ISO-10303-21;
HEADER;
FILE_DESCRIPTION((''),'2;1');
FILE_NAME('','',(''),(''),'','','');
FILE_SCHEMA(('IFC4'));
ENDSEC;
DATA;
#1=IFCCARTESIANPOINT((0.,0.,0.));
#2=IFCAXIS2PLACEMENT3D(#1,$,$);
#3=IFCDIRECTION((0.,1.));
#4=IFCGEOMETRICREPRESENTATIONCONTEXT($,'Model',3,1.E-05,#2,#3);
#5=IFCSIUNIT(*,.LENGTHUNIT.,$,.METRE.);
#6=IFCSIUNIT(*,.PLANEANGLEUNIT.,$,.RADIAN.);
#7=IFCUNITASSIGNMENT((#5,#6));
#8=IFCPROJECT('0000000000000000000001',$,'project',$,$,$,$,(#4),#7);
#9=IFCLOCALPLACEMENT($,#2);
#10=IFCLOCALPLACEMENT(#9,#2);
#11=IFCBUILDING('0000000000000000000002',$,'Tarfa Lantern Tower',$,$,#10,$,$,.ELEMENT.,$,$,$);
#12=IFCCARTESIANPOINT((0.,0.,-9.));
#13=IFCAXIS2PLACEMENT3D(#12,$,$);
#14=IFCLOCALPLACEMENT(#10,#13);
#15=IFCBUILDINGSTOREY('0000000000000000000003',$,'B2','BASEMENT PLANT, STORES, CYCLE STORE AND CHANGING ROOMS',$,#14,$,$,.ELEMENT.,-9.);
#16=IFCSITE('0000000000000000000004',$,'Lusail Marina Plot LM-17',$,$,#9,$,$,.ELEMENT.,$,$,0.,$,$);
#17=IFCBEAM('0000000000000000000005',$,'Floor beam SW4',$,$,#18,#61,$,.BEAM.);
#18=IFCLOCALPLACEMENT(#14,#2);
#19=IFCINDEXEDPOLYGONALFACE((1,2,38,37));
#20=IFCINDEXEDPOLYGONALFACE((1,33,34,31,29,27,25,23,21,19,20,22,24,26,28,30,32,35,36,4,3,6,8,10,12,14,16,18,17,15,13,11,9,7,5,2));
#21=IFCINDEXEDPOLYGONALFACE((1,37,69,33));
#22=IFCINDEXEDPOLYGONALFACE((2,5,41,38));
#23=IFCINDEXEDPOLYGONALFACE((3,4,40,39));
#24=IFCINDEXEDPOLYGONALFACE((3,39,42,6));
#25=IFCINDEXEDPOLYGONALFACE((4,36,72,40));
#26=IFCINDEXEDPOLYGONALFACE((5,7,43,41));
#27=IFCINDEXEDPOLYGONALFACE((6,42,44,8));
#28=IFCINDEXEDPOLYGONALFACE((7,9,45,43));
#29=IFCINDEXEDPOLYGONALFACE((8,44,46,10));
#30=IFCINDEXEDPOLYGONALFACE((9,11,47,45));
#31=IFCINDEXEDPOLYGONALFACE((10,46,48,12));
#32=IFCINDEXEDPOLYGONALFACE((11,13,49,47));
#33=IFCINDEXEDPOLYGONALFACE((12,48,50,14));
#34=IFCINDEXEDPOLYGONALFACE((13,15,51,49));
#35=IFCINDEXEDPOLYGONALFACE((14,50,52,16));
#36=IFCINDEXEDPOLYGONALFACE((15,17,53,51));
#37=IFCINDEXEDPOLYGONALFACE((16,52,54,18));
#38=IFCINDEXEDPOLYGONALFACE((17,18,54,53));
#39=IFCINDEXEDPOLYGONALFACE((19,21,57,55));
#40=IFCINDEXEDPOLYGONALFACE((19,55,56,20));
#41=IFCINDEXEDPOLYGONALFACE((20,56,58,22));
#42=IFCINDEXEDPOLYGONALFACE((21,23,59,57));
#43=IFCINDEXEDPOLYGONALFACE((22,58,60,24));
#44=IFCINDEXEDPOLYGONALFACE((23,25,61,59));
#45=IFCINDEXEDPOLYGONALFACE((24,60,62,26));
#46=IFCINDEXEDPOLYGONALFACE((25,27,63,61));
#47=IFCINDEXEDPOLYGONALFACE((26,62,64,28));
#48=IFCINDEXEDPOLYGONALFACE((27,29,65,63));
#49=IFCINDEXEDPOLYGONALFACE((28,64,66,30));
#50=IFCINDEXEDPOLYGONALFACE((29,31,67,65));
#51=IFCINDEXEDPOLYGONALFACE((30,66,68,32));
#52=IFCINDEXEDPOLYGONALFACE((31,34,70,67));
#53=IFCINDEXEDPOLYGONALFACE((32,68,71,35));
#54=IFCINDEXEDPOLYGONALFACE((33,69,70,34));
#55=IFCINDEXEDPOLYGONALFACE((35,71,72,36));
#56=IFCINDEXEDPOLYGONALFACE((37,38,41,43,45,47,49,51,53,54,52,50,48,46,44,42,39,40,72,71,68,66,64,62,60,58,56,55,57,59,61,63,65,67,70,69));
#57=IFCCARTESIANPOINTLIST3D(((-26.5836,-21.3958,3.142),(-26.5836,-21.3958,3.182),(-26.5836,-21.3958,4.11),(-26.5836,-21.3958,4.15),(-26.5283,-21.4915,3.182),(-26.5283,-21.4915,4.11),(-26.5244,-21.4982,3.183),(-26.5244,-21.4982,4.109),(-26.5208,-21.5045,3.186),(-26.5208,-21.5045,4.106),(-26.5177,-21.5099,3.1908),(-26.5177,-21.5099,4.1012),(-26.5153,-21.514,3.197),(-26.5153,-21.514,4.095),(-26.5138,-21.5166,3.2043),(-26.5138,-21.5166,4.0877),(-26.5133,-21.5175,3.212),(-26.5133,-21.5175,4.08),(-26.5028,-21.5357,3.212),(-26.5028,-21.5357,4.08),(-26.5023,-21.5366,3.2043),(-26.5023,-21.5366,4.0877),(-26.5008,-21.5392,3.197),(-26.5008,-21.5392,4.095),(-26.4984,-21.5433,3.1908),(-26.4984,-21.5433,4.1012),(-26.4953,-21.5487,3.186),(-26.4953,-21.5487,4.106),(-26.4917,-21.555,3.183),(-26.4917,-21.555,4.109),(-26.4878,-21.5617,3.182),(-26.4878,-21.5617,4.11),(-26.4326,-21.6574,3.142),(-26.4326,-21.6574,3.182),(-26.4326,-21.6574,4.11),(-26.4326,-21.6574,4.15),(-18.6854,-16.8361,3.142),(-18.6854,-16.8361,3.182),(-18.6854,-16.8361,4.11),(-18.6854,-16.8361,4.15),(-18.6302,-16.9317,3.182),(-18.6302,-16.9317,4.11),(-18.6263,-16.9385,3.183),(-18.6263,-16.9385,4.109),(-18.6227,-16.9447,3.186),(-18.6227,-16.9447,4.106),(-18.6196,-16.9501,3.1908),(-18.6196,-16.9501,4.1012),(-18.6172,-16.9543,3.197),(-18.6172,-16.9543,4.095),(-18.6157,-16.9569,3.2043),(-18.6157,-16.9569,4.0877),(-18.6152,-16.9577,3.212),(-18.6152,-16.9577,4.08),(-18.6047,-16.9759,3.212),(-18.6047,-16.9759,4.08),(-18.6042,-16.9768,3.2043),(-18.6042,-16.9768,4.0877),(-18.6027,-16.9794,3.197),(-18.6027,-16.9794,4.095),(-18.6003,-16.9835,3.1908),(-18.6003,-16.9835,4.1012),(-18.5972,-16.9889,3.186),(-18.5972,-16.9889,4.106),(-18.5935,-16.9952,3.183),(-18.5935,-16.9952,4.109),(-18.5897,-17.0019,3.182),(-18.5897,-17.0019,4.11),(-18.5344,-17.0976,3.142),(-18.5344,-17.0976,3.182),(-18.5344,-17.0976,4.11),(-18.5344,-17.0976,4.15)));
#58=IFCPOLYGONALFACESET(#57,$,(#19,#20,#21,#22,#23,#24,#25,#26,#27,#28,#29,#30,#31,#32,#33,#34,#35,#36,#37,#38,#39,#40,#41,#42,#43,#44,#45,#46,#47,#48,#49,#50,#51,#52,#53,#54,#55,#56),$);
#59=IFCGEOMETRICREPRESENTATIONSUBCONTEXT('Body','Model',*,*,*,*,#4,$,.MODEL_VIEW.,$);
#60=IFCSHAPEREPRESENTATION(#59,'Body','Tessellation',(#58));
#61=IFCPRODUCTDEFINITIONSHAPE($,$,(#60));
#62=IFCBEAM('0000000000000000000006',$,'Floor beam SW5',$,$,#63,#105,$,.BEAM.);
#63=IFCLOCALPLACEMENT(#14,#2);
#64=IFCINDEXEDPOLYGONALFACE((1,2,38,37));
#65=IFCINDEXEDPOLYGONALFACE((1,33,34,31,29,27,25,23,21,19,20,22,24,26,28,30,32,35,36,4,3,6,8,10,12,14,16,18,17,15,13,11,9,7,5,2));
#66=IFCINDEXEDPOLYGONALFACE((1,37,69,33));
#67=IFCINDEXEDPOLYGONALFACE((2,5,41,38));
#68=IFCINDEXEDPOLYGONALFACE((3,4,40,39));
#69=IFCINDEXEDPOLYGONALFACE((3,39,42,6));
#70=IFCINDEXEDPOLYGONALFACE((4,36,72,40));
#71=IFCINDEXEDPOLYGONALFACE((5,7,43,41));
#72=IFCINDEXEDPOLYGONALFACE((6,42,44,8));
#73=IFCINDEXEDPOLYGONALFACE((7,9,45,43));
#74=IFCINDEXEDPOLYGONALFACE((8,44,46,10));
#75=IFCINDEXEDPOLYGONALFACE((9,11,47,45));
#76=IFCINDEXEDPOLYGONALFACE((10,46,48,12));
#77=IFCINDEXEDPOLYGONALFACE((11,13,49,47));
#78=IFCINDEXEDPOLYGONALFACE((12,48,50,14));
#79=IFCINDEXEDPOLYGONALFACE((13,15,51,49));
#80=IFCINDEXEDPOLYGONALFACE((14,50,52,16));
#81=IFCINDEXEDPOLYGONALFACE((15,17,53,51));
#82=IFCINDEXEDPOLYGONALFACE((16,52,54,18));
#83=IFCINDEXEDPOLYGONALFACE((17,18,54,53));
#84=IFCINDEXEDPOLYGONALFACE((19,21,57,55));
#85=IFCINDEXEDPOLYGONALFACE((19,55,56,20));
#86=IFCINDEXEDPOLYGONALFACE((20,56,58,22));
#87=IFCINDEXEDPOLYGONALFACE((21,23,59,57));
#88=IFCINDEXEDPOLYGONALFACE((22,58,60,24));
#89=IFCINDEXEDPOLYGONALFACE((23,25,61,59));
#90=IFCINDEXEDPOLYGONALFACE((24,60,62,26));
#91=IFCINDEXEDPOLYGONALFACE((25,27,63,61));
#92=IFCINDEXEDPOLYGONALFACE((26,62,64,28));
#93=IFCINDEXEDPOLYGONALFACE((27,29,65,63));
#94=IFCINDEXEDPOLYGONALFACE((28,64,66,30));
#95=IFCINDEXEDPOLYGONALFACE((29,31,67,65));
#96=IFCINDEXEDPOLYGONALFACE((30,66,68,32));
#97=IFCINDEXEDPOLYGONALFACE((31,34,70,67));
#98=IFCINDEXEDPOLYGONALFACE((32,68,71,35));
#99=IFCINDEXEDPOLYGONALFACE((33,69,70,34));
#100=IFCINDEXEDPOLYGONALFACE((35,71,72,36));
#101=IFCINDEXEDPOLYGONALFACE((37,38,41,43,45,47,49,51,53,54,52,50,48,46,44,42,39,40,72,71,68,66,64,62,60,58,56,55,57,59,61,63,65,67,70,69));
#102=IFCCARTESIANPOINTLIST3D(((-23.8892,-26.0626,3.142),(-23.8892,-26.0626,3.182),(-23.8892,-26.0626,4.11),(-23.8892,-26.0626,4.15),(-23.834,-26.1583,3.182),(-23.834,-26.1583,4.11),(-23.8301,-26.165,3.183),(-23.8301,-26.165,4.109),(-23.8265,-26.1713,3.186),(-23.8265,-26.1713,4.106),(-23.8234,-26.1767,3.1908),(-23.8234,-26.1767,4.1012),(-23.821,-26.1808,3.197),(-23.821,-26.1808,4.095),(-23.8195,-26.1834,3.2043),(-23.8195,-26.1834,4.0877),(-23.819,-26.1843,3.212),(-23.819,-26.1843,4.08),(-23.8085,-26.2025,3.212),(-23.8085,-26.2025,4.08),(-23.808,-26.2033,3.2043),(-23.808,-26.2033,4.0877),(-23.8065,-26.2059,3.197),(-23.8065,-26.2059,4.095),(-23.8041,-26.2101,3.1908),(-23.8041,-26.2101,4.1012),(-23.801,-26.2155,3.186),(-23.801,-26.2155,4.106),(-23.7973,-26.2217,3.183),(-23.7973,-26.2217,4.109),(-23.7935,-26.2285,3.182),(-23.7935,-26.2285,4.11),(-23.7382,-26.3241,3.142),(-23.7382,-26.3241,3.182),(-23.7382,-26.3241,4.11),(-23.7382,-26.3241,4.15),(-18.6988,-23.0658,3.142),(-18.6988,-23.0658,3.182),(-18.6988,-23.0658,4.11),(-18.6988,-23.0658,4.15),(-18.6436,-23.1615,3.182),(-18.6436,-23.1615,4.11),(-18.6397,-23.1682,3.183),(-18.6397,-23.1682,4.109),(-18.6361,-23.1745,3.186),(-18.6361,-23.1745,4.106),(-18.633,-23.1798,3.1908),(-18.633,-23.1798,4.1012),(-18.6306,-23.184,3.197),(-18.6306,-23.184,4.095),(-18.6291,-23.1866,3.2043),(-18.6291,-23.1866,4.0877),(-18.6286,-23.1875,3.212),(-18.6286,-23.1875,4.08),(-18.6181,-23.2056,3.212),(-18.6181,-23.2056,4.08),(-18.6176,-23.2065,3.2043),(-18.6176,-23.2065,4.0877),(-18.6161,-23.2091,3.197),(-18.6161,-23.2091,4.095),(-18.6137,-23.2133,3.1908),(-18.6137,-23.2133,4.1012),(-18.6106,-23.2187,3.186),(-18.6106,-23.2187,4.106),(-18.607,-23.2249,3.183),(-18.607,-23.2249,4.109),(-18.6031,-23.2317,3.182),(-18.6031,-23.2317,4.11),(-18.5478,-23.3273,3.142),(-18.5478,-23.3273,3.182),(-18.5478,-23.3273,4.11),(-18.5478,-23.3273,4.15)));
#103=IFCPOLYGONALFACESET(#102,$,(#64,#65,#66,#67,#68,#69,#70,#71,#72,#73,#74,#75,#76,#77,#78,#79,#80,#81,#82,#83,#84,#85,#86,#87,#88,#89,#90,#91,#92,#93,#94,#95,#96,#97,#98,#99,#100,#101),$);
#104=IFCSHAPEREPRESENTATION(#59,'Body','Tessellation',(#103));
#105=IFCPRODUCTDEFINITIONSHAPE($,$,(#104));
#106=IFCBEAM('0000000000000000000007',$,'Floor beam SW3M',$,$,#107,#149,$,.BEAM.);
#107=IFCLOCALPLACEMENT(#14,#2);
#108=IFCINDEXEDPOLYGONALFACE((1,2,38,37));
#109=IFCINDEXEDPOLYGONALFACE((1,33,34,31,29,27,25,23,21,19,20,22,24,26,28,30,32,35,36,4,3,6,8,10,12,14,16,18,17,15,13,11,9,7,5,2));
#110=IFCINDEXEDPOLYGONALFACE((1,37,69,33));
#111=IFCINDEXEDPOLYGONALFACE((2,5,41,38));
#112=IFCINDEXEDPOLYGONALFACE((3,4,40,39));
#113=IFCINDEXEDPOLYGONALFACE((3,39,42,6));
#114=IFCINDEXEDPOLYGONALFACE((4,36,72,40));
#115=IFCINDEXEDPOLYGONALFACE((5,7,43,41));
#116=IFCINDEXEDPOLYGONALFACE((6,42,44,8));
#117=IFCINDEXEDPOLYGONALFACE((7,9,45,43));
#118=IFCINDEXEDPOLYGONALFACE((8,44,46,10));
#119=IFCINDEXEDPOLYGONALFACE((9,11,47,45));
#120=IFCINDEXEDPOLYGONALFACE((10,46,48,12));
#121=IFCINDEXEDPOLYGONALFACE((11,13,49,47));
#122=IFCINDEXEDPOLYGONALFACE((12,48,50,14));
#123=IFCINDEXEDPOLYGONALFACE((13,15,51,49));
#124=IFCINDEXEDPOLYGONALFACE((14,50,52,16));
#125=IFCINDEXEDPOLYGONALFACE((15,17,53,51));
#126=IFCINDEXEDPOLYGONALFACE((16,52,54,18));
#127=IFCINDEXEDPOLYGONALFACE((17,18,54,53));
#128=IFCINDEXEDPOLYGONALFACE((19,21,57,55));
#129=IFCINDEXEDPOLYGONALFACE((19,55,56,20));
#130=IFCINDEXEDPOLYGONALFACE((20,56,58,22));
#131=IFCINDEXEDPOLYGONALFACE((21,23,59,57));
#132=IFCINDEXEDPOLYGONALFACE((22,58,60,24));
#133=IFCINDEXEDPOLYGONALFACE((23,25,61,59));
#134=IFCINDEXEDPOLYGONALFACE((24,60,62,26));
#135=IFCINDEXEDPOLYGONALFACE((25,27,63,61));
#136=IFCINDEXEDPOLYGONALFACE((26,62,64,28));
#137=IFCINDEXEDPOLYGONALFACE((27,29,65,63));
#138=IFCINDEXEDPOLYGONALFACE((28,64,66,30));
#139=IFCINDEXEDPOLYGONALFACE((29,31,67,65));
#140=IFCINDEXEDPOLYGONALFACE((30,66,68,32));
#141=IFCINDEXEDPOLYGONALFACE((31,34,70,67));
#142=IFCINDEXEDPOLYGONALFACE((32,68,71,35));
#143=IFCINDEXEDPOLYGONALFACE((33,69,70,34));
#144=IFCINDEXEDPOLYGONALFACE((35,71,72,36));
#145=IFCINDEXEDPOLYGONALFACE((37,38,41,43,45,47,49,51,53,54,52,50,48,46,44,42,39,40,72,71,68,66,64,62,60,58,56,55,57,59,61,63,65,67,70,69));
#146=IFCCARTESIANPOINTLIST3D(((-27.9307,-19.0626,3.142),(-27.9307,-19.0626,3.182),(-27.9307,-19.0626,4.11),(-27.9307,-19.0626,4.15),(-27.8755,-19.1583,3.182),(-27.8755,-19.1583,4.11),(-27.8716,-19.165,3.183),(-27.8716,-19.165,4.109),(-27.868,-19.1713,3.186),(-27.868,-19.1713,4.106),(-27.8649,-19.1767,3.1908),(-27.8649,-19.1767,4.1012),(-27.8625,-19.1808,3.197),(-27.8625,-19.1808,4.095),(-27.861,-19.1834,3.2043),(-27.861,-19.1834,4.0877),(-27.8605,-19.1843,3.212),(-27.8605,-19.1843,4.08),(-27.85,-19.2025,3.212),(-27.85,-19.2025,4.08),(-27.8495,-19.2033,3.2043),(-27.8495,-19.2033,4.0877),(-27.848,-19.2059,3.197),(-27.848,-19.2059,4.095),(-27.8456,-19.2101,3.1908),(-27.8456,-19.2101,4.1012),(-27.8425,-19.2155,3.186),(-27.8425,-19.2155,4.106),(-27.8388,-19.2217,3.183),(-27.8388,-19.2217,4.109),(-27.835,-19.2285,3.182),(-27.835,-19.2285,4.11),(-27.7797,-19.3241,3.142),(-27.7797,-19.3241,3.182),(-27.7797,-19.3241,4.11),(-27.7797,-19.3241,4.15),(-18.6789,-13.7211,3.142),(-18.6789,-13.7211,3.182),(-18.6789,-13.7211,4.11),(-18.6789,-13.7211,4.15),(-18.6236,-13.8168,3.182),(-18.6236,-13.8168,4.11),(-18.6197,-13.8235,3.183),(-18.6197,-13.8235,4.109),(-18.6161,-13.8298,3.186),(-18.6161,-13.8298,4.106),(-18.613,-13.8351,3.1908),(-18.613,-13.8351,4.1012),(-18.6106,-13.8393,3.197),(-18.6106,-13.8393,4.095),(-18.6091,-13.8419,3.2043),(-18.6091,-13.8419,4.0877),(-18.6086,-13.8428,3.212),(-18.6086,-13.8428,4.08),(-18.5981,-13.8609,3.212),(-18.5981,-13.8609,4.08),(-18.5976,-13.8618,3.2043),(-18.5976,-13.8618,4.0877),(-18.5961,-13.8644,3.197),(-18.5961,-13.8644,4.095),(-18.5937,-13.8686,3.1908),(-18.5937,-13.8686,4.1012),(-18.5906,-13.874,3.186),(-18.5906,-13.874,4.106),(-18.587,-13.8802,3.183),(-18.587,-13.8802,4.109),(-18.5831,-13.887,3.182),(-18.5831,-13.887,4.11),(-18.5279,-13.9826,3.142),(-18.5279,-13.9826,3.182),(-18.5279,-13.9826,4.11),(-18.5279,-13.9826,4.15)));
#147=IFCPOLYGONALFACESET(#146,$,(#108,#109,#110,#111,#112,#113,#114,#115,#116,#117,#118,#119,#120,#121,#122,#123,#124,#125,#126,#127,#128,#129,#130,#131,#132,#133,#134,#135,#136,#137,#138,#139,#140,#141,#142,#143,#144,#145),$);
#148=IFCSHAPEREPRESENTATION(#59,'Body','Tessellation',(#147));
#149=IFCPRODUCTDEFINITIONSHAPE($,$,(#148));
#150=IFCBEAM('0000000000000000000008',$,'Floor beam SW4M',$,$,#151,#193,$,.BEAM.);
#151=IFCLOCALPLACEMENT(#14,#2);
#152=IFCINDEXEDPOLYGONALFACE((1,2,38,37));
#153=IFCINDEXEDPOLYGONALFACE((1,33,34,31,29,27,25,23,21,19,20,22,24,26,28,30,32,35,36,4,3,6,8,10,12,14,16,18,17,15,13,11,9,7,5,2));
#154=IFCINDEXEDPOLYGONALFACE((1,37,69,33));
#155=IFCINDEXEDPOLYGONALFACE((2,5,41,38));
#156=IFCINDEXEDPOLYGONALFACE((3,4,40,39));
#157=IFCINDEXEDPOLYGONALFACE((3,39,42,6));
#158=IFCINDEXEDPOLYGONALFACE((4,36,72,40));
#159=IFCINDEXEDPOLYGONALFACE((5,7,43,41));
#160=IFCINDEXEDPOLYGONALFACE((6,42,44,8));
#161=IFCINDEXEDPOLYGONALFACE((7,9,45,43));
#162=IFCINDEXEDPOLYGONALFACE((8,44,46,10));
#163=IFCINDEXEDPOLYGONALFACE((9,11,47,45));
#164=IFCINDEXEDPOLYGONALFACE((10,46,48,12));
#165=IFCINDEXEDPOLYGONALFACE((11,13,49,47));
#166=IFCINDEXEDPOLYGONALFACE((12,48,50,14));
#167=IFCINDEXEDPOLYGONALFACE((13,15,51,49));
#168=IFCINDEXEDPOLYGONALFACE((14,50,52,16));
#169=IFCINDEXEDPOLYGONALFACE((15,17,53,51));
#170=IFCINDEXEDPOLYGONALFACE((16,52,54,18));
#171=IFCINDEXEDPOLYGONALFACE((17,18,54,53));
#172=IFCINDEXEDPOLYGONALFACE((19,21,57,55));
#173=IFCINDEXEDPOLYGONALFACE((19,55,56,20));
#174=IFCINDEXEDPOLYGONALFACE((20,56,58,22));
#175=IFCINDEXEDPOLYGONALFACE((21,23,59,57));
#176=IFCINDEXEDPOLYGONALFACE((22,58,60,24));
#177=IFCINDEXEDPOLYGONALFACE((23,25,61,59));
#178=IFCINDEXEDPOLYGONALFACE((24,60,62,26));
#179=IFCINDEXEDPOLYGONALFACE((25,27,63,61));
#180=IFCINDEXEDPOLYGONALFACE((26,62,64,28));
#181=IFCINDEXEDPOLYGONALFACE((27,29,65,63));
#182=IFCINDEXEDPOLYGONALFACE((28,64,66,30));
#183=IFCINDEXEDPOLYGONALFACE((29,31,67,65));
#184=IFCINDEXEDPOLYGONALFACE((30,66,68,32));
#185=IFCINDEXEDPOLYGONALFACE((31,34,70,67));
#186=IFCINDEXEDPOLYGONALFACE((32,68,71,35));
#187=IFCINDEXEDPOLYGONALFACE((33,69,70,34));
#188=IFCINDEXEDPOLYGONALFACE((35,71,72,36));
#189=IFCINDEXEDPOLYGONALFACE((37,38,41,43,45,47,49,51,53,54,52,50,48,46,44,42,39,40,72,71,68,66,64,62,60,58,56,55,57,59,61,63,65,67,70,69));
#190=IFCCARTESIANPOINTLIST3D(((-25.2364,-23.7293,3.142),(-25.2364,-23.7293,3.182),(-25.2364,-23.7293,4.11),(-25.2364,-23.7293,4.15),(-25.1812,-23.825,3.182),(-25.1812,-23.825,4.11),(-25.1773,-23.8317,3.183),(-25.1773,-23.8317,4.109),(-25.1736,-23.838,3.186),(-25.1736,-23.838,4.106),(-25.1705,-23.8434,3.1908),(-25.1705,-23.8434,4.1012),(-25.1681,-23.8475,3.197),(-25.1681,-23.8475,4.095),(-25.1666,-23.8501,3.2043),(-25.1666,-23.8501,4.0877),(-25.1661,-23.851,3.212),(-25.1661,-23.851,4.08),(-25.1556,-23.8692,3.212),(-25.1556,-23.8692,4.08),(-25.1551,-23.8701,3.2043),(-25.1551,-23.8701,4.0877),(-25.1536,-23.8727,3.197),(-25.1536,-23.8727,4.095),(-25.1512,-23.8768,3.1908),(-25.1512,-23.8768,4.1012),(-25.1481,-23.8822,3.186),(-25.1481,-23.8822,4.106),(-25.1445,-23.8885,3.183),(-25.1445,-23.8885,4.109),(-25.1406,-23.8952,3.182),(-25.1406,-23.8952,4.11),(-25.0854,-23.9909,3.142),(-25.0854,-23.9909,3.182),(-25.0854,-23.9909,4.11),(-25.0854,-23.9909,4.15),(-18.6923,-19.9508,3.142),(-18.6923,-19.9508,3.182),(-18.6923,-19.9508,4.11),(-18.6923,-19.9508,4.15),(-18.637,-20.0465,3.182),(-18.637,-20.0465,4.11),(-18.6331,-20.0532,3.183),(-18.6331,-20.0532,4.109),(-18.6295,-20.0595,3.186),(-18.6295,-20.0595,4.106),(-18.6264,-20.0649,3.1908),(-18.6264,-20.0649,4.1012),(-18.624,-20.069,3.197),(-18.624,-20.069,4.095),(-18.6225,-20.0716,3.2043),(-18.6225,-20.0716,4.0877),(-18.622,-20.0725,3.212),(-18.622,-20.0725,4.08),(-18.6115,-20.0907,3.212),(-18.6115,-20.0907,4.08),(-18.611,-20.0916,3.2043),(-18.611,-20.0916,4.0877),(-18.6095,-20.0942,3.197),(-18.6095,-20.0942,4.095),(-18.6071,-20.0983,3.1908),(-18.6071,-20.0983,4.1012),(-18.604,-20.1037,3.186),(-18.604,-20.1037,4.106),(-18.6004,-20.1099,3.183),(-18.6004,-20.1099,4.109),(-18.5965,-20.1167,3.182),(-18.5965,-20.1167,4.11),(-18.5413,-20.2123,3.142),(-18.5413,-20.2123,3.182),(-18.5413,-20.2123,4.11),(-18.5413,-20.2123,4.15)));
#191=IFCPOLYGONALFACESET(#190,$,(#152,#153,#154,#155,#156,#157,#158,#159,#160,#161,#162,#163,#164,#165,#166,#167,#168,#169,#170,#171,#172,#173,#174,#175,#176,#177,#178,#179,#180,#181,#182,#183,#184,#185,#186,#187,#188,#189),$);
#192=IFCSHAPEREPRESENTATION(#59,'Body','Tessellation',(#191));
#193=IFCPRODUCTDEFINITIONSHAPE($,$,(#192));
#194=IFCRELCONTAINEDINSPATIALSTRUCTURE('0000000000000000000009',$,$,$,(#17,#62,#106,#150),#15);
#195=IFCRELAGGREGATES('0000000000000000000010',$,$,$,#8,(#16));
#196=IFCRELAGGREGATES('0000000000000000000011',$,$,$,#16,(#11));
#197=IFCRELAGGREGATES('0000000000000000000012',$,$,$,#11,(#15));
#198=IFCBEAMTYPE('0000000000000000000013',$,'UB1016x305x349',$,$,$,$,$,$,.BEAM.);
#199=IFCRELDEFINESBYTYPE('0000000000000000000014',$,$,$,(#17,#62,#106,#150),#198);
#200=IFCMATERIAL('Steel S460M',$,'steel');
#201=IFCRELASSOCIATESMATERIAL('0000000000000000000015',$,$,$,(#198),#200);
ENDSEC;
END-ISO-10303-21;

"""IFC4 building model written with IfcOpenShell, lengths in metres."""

from ifc_helpers import new_model, si_unit, direction, frame, origin, origin_2d, place, context, subcontext, project, spatial, i_section, extrude, material, material_profile, profile_set, type_object, element, save


model = new_model("IFC4")

# Units and contexts
model_context = context("Model", 3, precision=1e-05, world=origin(), true_north=direction((0.0, 1.0)))
body_context = subcontext(model_context, "Body", "Model", "MODEL_VIEW")
ifc_project = project(units=[si_unit("LENGTHUNIT", "METRE"), si_unit("PLANEANGLEUNIT", "RADIAN")], contexts=[model_context])

# Site, building, storey
site_placement = place(None, origin())
site = spatial("IfcSite", under=ifc_project, at=site_placement, Name="Lusail Marina Plot LM-17", CompositionType="ELEMENT", RefElevation=0.0)
building_placement = place(site_placement, origin())
building = spatial("IfcBuilding", under=site, at=building_placement, Name="Tarfa Lantern Tower", CompositionType="ELEMENT")
storey_placement = place(building_placement, frame((0.0, 0.0, -9.0)))
storey = spatial("IfcBuildingStorey", under=building, at=storey_placement, Name="B2", Description="BASEMENT PLANT, STORES, CYCLE STORE AND CHANGING ROOMS", CompositionType="ELEMENT", Elevation=-9.0)

# Beams
ifc_material_1 = material(Name="Steel S460M", Category="steel")
ifc_material_profile_1 = material_profile(ifc_material_1, i_section(OverallWidth=0.302, OverallDepth=1.0081, WebThickness=0.021, FlangeThickness=0.04, FilletRadius=0.03, at=origin_2d()), Name="UB1016x305x349")
ifc_profile_set_1 = profile_set([ifc_material_profile_1], Name="Steel S460M")
beam_type_1 = type_object("IfcBeamType", Name="UB1016x305x349", PredefinedType="BEAM", material=ifc_profile_set_1)
beam_1_placement = place(storey_placement, frame((-26.5081, -21.5266, 3.646), z_axis=(0.866035, 0.499983, 0.0), x_axis=(-0.499983, 0.866035, 0.0)))
element("IfcBeam", 1, at=beam_1_placement, inside=storey, type_object=beam_type_1, Name="Floor beam SW4", PredefinedType="BEAM", context=body_context, shape_type="SweptSolid", body=[
    extrude(i_section(OverallWidth=0.302, OverallDepth=1.0081, WebThickness=0.021, FlangeThickness=0.04, FilletRadius=0.03, at=origin_2d()), origin(), (0.0, 0.0, 1.0), 9.1199),
])
beam_2_placement = place(storey_placement, frame((-23.8137, -26.1934, 3.646), z_axis=(0.866016, 0.500016, 0.0), x_axis=(-0.500016, 0.866016, 0.0)))
element("IfcBeam", 2, at=beam_2_placement, inside=storey, type_object=beam_type_1, Name="Floor beam SW5", PredefinedType="BEAM", context=body_context, shape_type="SweptSolid", body=[
    extrude(i_section(OverallWidth=0.302, OverallDepth=1.0081, WebThickness=0.021, FlangeThickness=0.04, FilletRadius=0.03, at=origin_2d()), origin(), (0.0, 0.0, 1.0), 5.9934),
])
beam_3_placement = place(storey_placement, frame((-27.8552, -19.1934, 3.646), z_axis=(0.866028, 0.499995, 0.0), x_axis=(-0.499995, 0.866028, 0.0)))
element("IfcBeam", 3, at=beam_3_placement, inside=storey, type_object=beam_type_1, Name="Floor beam SW3M", PredefinedType="BEAM", context=body_context, shape_type="SweptSolid", body=[
    extrude(i_section(OverallWidth=0.302, OverallDepth=1.0081, WebThickness=0.021, FlangeThickness=0.04, FilletRadius=0.03, at=origin_2d()), origin(), (0.0, 0.0, 1.0), 10.6831),
])
beam_4_placement = place(storey_placement, frame((-25.1609, -23.8601, 3.646), z_axis=(0.86601, 0.500027, 0.0), x_axis=(-0.500027, 0.86601, 0.0)))
element("IfcBeam", 4, at=beam_4_placement, inside=storey, type_object=beam_type_1, Name="Floor beam SW4M", PredefinedType="BEAM", context=body_context, shape_type="SweptSolid", body=[
    extrude(i_section(OverallWidth=0.302, OverallDepth=1.0081, WebThickness=0.021, FlangeThickness=0.04, FilletRadius=0.03, at=origin_2d()), origin(), (0.0, 0.0, 1.0), 7.5566),
])

save(model, "model.ifc")
